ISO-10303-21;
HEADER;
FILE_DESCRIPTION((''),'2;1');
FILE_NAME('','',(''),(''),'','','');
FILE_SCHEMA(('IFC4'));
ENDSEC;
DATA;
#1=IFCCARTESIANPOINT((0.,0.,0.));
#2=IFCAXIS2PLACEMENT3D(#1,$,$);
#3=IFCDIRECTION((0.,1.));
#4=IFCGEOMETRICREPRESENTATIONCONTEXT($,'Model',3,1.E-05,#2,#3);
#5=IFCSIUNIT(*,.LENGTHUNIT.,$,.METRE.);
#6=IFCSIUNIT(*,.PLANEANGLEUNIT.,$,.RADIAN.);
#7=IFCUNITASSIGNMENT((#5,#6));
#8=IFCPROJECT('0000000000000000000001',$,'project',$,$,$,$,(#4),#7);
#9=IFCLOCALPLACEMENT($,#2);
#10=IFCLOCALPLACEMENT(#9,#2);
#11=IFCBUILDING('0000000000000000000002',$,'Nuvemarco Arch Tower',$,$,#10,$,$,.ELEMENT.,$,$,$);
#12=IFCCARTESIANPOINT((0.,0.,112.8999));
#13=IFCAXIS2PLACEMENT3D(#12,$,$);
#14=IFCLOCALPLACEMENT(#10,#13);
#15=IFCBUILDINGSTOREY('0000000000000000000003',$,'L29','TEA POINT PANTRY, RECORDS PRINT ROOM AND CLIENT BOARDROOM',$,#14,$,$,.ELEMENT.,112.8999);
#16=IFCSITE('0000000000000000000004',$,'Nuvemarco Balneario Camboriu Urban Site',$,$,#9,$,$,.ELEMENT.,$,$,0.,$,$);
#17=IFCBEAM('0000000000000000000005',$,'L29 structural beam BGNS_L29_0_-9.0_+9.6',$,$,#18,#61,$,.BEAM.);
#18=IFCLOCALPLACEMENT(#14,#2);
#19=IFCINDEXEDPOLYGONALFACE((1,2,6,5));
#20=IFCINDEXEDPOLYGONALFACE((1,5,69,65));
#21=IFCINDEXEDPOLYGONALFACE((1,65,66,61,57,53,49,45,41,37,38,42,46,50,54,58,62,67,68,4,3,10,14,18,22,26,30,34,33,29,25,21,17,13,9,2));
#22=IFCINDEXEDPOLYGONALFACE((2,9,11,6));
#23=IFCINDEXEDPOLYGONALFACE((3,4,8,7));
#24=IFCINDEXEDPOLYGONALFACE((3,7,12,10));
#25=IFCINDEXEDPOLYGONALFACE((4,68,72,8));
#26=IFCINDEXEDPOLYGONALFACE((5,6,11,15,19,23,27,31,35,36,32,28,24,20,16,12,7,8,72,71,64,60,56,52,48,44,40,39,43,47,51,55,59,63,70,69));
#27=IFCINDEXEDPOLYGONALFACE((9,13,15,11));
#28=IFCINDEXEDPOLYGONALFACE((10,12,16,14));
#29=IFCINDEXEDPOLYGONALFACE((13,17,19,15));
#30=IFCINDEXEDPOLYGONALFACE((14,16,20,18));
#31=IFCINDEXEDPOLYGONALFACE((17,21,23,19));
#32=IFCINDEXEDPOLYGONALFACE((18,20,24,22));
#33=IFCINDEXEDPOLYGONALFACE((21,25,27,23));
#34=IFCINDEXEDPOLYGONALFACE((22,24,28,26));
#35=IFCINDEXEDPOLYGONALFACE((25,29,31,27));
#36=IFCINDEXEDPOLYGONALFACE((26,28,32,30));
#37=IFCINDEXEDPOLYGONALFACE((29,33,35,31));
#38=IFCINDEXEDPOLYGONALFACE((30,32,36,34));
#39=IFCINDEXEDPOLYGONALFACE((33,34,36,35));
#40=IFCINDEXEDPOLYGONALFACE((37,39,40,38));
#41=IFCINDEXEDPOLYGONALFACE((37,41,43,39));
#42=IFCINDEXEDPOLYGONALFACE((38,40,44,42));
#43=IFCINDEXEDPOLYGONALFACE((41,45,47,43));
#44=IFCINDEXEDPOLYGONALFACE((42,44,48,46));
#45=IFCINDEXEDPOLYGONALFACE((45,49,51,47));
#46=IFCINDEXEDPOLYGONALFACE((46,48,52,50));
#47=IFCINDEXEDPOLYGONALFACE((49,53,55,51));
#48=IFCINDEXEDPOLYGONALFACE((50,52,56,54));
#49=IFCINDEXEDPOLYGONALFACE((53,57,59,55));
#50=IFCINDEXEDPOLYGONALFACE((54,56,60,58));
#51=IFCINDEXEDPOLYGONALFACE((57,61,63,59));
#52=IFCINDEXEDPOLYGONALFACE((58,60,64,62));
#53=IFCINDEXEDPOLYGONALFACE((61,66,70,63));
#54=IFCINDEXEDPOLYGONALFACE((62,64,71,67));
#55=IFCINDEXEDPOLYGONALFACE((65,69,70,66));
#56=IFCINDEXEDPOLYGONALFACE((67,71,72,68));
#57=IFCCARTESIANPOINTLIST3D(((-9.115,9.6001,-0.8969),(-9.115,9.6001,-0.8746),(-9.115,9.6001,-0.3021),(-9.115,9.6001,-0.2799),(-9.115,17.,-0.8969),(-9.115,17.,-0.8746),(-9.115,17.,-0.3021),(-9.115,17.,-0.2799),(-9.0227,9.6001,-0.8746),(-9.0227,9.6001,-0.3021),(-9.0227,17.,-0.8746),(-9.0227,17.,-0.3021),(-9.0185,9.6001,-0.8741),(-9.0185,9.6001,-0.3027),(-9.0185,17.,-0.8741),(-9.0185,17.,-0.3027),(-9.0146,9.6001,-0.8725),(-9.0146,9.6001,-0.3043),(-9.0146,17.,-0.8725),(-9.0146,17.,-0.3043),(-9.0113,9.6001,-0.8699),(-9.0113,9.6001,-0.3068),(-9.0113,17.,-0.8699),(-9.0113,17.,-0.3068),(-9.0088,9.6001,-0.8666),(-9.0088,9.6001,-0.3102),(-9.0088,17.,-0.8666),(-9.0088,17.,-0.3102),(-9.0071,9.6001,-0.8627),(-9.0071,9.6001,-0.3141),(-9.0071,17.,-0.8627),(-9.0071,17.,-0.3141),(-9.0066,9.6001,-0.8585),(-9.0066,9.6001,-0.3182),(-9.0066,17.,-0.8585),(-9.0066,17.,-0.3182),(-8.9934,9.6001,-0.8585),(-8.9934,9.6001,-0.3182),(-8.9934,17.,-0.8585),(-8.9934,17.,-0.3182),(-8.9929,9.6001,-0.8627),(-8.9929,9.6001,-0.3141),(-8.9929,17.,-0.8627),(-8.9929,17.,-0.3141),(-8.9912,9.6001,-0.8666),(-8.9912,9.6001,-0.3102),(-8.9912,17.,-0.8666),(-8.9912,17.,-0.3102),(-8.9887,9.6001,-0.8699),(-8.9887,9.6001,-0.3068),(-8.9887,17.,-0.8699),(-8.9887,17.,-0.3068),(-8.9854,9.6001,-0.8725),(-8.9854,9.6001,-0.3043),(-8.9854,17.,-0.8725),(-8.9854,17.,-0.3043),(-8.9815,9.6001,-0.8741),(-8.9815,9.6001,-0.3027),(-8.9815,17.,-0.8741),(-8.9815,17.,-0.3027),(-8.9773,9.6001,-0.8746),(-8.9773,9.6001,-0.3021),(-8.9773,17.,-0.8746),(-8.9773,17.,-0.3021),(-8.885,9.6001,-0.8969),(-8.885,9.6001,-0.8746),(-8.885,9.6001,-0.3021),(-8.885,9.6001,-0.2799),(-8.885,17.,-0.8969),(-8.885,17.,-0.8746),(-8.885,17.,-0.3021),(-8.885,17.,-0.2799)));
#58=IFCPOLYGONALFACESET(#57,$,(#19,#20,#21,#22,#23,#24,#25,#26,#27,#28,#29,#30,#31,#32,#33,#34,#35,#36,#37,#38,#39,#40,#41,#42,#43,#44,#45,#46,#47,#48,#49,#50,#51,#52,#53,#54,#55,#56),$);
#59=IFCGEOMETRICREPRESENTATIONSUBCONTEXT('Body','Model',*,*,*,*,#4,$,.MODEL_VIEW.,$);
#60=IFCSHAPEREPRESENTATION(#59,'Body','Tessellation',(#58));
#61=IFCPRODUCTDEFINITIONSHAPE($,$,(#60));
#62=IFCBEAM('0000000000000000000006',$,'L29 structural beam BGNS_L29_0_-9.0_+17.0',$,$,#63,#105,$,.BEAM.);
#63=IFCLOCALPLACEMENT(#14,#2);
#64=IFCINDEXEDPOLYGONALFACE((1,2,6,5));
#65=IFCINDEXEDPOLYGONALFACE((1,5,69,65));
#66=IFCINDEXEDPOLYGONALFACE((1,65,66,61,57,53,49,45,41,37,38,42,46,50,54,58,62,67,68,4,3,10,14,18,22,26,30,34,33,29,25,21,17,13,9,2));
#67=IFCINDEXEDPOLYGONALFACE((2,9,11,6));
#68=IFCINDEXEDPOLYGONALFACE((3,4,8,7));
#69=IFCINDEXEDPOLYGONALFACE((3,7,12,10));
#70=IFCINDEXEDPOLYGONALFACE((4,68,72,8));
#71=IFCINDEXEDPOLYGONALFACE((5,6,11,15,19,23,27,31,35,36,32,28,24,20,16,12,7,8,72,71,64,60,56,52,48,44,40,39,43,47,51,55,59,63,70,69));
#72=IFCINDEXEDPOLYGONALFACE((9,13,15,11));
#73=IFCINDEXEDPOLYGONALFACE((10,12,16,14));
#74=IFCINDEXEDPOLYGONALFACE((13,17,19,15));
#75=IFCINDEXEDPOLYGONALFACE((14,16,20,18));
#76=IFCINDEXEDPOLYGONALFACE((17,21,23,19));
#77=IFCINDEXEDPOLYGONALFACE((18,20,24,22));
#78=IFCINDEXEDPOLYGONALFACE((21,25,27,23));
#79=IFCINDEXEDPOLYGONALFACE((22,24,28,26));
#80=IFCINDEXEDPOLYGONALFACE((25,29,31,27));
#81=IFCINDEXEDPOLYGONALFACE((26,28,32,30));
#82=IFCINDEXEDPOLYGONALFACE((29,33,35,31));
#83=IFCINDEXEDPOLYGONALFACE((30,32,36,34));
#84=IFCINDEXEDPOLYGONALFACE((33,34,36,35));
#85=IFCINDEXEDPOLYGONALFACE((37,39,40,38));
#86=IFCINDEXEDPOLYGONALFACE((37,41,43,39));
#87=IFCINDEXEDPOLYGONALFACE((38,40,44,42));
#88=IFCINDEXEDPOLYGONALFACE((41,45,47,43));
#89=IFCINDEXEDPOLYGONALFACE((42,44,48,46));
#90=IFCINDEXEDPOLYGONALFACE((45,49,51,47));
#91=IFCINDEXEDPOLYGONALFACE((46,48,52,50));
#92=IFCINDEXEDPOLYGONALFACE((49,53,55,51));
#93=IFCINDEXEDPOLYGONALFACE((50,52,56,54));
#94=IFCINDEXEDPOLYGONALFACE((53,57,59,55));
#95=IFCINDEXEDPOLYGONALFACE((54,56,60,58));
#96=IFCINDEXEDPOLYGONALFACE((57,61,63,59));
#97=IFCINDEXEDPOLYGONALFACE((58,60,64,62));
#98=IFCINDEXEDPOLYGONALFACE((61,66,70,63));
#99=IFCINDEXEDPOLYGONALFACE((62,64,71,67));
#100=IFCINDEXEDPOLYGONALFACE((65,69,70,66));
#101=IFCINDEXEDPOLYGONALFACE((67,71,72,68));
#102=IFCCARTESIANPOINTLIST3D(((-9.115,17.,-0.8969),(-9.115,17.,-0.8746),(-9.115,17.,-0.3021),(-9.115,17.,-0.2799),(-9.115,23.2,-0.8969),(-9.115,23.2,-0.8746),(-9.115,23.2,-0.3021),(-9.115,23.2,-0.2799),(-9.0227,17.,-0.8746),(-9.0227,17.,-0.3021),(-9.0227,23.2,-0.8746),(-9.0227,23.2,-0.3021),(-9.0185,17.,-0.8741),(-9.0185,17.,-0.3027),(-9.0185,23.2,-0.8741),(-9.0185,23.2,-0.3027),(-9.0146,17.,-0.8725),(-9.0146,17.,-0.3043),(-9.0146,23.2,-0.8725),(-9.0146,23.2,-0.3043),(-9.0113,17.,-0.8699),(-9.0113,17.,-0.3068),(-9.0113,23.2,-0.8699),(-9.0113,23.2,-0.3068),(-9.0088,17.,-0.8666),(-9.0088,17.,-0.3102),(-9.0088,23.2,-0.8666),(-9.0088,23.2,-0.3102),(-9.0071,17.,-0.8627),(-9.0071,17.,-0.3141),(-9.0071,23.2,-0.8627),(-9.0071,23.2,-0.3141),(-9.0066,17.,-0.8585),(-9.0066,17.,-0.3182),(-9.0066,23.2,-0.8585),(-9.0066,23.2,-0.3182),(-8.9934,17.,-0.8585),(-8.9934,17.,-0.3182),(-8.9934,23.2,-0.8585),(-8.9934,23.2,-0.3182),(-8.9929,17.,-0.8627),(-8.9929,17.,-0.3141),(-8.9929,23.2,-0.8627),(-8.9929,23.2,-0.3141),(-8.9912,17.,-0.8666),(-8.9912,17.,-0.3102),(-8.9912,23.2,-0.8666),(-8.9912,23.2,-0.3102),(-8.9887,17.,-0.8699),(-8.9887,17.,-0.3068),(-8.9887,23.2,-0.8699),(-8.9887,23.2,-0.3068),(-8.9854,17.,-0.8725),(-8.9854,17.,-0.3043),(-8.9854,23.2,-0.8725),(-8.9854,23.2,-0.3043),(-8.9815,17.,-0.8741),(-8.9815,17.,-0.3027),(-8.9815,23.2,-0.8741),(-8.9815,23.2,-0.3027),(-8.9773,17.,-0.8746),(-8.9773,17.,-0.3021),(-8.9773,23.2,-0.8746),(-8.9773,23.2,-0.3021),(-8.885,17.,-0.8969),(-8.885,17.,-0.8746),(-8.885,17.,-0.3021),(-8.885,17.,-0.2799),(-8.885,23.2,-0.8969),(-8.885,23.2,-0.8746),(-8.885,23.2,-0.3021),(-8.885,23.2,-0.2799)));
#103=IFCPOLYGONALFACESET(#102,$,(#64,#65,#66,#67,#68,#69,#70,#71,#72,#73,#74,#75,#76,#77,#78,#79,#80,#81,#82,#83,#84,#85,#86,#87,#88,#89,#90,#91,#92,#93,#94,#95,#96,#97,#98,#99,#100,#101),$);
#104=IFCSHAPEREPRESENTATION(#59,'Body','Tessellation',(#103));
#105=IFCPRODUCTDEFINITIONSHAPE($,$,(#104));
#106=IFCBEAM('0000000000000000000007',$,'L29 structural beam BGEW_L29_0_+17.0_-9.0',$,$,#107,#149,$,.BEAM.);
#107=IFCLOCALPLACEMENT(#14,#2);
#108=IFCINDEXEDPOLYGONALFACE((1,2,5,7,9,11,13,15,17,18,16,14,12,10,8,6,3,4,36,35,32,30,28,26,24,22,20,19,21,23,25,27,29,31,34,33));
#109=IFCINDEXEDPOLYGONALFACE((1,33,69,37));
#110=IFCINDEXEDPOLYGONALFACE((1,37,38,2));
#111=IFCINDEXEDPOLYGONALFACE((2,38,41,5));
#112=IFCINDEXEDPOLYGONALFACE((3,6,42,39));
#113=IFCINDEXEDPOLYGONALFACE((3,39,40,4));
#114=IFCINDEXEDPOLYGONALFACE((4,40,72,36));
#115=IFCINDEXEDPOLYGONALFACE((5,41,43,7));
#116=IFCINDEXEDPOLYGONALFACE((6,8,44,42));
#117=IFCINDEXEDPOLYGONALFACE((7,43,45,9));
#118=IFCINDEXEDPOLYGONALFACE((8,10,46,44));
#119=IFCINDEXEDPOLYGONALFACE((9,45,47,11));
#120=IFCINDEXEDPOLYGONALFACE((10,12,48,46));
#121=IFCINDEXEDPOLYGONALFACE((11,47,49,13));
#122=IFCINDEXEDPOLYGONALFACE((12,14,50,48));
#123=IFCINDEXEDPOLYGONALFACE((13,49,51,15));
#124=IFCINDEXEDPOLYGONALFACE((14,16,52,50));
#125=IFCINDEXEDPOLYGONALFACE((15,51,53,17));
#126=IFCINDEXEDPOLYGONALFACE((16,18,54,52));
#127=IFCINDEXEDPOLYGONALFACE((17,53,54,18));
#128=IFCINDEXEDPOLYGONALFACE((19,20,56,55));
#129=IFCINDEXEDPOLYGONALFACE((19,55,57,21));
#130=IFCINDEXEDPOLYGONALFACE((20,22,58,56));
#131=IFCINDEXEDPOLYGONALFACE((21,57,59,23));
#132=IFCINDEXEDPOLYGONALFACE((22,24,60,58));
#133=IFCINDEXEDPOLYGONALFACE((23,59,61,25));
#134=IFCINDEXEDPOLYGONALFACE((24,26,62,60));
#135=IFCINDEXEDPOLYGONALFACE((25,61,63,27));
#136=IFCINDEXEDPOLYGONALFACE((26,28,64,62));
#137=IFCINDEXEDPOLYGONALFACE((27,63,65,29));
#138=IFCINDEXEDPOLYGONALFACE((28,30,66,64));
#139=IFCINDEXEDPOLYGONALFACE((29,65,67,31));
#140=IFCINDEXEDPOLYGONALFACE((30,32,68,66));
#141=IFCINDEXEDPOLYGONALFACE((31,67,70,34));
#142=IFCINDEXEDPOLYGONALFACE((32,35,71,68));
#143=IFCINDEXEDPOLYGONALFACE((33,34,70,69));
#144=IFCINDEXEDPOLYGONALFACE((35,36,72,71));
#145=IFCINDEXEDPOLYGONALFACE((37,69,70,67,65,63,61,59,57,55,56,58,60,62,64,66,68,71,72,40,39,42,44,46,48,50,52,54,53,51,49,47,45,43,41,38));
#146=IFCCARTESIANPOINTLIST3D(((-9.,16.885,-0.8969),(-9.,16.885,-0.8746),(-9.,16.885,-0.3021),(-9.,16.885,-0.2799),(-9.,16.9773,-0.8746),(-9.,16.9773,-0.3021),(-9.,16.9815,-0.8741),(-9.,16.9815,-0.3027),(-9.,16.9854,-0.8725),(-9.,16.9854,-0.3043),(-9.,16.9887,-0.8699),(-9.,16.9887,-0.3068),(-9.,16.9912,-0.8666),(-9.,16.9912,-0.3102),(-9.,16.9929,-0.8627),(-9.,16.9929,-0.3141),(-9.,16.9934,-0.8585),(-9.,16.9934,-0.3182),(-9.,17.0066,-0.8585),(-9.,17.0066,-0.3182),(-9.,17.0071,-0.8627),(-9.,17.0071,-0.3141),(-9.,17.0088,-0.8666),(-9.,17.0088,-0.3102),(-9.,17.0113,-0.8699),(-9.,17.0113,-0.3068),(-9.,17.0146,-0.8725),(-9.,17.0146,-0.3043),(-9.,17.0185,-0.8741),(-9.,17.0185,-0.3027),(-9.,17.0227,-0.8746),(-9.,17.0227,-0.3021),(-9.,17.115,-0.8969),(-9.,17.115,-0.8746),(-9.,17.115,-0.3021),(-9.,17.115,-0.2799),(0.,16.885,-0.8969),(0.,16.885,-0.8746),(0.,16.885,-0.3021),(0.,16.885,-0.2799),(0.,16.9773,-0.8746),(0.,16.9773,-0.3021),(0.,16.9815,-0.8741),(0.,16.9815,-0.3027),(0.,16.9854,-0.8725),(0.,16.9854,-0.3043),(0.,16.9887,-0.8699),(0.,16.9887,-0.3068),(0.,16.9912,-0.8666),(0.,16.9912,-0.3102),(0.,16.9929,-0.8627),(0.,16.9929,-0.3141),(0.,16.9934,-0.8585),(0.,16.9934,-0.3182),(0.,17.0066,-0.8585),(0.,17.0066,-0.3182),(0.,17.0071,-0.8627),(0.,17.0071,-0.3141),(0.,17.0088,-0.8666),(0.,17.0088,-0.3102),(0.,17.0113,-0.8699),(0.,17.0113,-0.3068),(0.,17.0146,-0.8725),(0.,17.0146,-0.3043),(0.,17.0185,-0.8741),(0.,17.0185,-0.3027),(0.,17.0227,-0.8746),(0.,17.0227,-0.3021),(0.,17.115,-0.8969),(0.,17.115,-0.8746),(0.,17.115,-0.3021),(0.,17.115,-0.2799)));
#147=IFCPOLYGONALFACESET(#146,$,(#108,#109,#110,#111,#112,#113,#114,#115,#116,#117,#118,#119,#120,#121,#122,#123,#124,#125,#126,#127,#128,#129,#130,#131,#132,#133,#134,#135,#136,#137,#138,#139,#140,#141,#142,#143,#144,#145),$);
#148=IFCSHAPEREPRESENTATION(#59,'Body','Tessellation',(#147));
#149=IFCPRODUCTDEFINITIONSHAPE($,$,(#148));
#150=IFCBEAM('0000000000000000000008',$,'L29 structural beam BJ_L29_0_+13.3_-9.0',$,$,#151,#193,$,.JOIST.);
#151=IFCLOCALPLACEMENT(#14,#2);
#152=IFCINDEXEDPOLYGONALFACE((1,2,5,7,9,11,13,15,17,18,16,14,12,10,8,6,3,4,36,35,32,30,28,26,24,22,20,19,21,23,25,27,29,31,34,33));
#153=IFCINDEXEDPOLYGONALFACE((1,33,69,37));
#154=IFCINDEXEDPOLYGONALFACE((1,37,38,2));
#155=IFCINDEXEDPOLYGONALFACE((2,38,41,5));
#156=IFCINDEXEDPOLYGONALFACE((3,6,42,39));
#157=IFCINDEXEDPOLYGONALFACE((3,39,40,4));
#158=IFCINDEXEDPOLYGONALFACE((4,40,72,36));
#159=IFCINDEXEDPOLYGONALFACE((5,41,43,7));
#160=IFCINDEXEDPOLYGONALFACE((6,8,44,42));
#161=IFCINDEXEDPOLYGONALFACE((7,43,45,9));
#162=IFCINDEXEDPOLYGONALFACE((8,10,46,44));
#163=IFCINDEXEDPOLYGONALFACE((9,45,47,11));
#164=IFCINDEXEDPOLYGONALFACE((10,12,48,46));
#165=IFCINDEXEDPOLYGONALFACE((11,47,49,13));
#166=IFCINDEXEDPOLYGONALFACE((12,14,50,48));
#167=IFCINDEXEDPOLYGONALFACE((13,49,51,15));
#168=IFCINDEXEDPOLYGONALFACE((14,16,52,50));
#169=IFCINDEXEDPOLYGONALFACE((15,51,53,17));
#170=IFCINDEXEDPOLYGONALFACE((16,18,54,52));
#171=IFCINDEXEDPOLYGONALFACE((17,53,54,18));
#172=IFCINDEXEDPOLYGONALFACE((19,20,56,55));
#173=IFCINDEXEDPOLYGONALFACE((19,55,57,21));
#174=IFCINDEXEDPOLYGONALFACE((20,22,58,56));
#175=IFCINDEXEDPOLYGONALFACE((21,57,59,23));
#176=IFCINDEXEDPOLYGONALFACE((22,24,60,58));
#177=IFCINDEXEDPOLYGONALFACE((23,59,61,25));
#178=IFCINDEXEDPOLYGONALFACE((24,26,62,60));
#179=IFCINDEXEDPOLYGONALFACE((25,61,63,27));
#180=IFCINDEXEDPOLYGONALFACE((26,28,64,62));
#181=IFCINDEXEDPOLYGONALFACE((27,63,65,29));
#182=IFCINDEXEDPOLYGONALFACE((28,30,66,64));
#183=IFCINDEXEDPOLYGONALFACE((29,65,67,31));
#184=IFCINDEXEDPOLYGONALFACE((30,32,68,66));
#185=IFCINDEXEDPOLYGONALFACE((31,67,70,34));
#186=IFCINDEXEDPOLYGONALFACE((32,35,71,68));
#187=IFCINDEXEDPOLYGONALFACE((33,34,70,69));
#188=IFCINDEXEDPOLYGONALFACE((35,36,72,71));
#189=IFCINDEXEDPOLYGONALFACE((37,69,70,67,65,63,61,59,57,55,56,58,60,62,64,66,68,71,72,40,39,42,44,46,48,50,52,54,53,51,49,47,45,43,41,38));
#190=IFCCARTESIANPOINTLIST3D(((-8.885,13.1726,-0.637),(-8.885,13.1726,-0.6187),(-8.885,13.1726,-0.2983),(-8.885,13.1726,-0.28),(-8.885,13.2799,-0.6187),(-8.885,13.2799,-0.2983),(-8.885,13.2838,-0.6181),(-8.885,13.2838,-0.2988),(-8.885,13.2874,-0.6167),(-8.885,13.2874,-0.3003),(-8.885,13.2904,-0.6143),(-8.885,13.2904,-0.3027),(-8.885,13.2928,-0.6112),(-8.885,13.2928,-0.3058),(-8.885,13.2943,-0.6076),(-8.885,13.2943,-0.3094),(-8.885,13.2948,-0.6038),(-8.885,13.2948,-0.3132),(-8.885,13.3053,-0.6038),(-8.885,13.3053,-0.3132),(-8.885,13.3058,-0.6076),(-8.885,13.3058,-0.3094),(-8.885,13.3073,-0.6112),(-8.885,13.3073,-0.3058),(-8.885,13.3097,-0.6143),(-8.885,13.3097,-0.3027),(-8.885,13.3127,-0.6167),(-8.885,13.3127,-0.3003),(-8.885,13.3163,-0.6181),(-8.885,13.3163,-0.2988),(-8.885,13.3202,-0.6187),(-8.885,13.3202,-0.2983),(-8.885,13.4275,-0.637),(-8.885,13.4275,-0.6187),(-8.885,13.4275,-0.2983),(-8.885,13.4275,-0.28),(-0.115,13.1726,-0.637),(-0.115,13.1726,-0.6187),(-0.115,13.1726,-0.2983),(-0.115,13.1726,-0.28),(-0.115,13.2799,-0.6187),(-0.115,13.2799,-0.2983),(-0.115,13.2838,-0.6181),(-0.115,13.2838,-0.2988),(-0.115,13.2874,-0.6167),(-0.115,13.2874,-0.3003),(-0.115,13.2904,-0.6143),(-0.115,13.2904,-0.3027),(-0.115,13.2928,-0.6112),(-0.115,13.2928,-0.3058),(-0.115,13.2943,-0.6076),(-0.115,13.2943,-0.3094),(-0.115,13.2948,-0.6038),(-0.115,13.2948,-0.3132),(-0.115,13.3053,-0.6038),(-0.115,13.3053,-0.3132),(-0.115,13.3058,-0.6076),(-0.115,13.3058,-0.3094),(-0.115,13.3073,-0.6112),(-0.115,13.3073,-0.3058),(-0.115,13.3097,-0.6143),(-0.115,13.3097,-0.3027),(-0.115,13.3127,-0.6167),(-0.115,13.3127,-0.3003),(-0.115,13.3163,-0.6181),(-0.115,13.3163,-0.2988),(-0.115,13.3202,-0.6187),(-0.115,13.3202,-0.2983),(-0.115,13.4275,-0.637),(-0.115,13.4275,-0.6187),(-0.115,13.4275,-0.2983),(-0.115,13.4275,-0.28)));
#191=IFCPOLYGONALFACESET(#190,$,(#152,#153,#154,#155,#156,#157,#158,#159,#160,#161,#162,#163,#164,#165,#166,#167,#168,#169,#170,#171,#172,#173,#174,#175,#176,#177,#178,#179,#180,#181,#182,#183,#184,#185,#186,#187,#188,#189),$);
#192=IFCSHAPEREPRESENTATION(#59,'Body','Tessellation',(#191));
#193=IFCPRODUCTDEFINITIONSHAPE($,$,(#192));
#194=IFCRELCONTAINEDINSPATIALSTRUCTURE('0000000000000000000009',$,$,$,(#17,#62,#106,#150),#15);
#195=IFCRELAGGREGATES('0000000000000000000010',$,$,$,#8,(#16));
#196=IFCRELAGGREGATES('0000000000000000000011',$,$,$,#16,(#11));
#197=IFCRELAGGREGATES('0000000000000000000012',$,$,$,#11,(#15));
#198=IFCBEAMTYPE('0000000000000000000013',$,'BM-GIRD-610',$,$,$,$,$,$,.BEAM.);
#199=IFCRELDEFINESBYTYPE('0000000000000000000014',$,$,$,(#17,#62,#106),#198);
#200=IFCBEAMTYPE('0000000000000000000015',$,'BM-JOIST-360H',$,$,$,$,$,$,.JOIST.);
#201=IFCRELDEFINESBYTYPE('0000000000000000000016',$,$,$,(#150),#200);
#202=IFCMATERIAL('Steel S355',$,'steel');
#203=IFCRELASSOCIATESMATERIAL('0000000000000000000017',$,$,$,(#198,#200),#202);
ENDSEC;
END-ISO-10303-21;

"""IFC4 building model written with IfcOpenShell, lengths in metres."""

from ifc_helpers import new_model, si_unit, direction, frame, origin, origin_2d, place, context, subcontext, project, spatial, i_section, extrude, material, material_profile, profile_set, type_object, element, save


model = new_model("IFC4")

# Units and contexts
model_context = context("Model", 3, precision=1e-05, world=origin(), true_north=direction((0.0, 1.0)))
body_context = subcontext(model_context, "Body", "Model", "MODEL_VIEW")
ifc_project = project(units=[si_unit("LENGTHUNIT", "METRE"), si_unit("PLANEANGLEUNIT", "RADIAN")], contexts=[model_context])

# Site, building, storey
site_placement = place(None, origin())
site = spatial("IfcSite", under=ifc_project, at=site_placement, Name="Nuvemarco Balneario Camboriu Urban Site", CompositionType="ELEMENT", RefElevation=0.0)
building_placement = place(site_placement, origin())
building = spatial("IfcBuilding", under=site, at=building_placement, Name="Nuvemarco Arch Tower", CompositionType="ELEMENT")
storey_placement = place(building_placement, frame((0.0, 0.0, 112.8999)))
storey = spatial("IfcBuildingStorey", under=building, at=storey_placement, Name="L29", Description="TEA POINT PANTRY, RECORDS PRINT ROOM AND CLIENT BOARDROOM", CompositionType="ELEMENT", Elevation=112.8999)

# Shared definitions
ifc_material_1 = material(Name="Steel S355", Category="steel")

# Beams
ifc_material_profile_1 = material_profile(ifc_material_1, i_section(OverallWidth=0.23, OverallDepth=0.6169, WebThickness=0.0132, FlangeThickness=0.0222, FilletRadius=0.0161, at=origin_2d()), Name="W610x140")
ifc_profile_set_1 = profile_set([ifc_material_profile_1], Name="Steel S355")
beam_type_1 = type_object("IfcBeamType", Name="BM-GIRD-610", PredefinedType="BEAM", material=ifc_profile_set_1)
beam_1_placement = place(storey_placement, frame((-9.0, 9.6001, -0.5884), z_axis=(0.0, 1.0, 0.0), x_axis=(-1.0, 0.0, 0.0)))
element("IfcBeam", 1, at=beam_1_placement, inside=storey, type_object=beam_type_1, Name="L29 structural beam BGNS_L29_0_-9.0_+9.6", PredefinedType="BEAM", context=body_context, shape_type="SweptSolid", body=[
    extrude(i_section(OverallWidth=0.23, OverallDepth=0.6169, WebThickness=0.0132, FlangeThickness=0.0222, FilletRadius=0.0161, at=origin_2d()), origin(), (0.0, 0.0, 1.0), 7.3999),
])
beam_2_placement = place(storey_placement, frame((-9.0, 17.0, -0.5884), z_axis=(0.0, 1.0, 0.0), x_axis=(-1.0, 0.0, 0.0)))
element("IfcBeam", 2, at=beam_2_placement, inside=storey, type_object=beam_type_1, Name="L29 structural beam BGNS_L29_0_-9.0_+17.0", PredefinedType="BEAM", context=body_context, shape_type="SweptSolid", body=[
    extrude(i_section(OverallWidth=0.23, OverallDepth=0.6169, WebThickness=0.0132, FlangeThickness=0.0222, FilletRadius=0.0161, at=origin_2d()), origin(), (0.0, 0.0, 1.0), 6.2),
])
beam_3_placement = place(storey_placement, frame((-9.0, 17.0, -0.5884), z_axis=(1.0, 0.0, 0.0), x_axis=(0.0, 1.0, 0.0)))
element("IfcBeam", 3, at=beam_3_placement, inside=storey, type_object=beam_type_1, Name="L29 structural beam BGEW_L29_0_+17.0_-9.0", PredefinedType="BEAM", context=body_context, shape_type="SweptSolid", body=[
    extrude(i_section(OverallWidth=0.23, OverallDepth=0.6169, WebThickness=0.0132, FlangeThickness=0.0222, FilletRadius=0.0161, at=origin_2d()), origin(), (0.0, 0.0, 1.0), 9.0),
])
ifc_material_profile_2 = material_profile(ifc_material_1, i_section(OverallWidth=0.2549, OverallDepth=0.3569, WebThickness=0.0105, FlangeThickness=0.0183, FilletRadius=0.0149, at=origin_2d()), Name="W360x101")
ifc_profile_set_2 = profile_set([ifc_material_profile_2], Name="Steel S355")
beam_type_2 = type_object("IfcBeamType", Name="BM-JOIST-360H", PredefinedType="JOIST", material=ifc_profile_set_2)
beam_4_placement = place(storey_placement, frame((-8.885, 13.3, -0.4585), z_axis=(1.0, 0.0, 0.0), x_axis=(0.0, 1.0, 0.0)))
element("IfcBeam", 4, at=beam_4_placement, inside=storey, type_object=beam_type_2, Name="L29 structural beam BJ_L29_0_+13.3_-9.0", PredefinedType="JOIST", context=body_context, shape_type="SweptSolid", body=[
    extrude(i_section(OverallWidth=0.2549, OverallDepth=0.3569, WebThickness=0.0105, FlangeThickness=0.0183, FilletRadius=0.0149, at=origin_2d()), origin(), (0.0, 0.0, 1.0), 8.77),
])

save(model, "model.ifc")
